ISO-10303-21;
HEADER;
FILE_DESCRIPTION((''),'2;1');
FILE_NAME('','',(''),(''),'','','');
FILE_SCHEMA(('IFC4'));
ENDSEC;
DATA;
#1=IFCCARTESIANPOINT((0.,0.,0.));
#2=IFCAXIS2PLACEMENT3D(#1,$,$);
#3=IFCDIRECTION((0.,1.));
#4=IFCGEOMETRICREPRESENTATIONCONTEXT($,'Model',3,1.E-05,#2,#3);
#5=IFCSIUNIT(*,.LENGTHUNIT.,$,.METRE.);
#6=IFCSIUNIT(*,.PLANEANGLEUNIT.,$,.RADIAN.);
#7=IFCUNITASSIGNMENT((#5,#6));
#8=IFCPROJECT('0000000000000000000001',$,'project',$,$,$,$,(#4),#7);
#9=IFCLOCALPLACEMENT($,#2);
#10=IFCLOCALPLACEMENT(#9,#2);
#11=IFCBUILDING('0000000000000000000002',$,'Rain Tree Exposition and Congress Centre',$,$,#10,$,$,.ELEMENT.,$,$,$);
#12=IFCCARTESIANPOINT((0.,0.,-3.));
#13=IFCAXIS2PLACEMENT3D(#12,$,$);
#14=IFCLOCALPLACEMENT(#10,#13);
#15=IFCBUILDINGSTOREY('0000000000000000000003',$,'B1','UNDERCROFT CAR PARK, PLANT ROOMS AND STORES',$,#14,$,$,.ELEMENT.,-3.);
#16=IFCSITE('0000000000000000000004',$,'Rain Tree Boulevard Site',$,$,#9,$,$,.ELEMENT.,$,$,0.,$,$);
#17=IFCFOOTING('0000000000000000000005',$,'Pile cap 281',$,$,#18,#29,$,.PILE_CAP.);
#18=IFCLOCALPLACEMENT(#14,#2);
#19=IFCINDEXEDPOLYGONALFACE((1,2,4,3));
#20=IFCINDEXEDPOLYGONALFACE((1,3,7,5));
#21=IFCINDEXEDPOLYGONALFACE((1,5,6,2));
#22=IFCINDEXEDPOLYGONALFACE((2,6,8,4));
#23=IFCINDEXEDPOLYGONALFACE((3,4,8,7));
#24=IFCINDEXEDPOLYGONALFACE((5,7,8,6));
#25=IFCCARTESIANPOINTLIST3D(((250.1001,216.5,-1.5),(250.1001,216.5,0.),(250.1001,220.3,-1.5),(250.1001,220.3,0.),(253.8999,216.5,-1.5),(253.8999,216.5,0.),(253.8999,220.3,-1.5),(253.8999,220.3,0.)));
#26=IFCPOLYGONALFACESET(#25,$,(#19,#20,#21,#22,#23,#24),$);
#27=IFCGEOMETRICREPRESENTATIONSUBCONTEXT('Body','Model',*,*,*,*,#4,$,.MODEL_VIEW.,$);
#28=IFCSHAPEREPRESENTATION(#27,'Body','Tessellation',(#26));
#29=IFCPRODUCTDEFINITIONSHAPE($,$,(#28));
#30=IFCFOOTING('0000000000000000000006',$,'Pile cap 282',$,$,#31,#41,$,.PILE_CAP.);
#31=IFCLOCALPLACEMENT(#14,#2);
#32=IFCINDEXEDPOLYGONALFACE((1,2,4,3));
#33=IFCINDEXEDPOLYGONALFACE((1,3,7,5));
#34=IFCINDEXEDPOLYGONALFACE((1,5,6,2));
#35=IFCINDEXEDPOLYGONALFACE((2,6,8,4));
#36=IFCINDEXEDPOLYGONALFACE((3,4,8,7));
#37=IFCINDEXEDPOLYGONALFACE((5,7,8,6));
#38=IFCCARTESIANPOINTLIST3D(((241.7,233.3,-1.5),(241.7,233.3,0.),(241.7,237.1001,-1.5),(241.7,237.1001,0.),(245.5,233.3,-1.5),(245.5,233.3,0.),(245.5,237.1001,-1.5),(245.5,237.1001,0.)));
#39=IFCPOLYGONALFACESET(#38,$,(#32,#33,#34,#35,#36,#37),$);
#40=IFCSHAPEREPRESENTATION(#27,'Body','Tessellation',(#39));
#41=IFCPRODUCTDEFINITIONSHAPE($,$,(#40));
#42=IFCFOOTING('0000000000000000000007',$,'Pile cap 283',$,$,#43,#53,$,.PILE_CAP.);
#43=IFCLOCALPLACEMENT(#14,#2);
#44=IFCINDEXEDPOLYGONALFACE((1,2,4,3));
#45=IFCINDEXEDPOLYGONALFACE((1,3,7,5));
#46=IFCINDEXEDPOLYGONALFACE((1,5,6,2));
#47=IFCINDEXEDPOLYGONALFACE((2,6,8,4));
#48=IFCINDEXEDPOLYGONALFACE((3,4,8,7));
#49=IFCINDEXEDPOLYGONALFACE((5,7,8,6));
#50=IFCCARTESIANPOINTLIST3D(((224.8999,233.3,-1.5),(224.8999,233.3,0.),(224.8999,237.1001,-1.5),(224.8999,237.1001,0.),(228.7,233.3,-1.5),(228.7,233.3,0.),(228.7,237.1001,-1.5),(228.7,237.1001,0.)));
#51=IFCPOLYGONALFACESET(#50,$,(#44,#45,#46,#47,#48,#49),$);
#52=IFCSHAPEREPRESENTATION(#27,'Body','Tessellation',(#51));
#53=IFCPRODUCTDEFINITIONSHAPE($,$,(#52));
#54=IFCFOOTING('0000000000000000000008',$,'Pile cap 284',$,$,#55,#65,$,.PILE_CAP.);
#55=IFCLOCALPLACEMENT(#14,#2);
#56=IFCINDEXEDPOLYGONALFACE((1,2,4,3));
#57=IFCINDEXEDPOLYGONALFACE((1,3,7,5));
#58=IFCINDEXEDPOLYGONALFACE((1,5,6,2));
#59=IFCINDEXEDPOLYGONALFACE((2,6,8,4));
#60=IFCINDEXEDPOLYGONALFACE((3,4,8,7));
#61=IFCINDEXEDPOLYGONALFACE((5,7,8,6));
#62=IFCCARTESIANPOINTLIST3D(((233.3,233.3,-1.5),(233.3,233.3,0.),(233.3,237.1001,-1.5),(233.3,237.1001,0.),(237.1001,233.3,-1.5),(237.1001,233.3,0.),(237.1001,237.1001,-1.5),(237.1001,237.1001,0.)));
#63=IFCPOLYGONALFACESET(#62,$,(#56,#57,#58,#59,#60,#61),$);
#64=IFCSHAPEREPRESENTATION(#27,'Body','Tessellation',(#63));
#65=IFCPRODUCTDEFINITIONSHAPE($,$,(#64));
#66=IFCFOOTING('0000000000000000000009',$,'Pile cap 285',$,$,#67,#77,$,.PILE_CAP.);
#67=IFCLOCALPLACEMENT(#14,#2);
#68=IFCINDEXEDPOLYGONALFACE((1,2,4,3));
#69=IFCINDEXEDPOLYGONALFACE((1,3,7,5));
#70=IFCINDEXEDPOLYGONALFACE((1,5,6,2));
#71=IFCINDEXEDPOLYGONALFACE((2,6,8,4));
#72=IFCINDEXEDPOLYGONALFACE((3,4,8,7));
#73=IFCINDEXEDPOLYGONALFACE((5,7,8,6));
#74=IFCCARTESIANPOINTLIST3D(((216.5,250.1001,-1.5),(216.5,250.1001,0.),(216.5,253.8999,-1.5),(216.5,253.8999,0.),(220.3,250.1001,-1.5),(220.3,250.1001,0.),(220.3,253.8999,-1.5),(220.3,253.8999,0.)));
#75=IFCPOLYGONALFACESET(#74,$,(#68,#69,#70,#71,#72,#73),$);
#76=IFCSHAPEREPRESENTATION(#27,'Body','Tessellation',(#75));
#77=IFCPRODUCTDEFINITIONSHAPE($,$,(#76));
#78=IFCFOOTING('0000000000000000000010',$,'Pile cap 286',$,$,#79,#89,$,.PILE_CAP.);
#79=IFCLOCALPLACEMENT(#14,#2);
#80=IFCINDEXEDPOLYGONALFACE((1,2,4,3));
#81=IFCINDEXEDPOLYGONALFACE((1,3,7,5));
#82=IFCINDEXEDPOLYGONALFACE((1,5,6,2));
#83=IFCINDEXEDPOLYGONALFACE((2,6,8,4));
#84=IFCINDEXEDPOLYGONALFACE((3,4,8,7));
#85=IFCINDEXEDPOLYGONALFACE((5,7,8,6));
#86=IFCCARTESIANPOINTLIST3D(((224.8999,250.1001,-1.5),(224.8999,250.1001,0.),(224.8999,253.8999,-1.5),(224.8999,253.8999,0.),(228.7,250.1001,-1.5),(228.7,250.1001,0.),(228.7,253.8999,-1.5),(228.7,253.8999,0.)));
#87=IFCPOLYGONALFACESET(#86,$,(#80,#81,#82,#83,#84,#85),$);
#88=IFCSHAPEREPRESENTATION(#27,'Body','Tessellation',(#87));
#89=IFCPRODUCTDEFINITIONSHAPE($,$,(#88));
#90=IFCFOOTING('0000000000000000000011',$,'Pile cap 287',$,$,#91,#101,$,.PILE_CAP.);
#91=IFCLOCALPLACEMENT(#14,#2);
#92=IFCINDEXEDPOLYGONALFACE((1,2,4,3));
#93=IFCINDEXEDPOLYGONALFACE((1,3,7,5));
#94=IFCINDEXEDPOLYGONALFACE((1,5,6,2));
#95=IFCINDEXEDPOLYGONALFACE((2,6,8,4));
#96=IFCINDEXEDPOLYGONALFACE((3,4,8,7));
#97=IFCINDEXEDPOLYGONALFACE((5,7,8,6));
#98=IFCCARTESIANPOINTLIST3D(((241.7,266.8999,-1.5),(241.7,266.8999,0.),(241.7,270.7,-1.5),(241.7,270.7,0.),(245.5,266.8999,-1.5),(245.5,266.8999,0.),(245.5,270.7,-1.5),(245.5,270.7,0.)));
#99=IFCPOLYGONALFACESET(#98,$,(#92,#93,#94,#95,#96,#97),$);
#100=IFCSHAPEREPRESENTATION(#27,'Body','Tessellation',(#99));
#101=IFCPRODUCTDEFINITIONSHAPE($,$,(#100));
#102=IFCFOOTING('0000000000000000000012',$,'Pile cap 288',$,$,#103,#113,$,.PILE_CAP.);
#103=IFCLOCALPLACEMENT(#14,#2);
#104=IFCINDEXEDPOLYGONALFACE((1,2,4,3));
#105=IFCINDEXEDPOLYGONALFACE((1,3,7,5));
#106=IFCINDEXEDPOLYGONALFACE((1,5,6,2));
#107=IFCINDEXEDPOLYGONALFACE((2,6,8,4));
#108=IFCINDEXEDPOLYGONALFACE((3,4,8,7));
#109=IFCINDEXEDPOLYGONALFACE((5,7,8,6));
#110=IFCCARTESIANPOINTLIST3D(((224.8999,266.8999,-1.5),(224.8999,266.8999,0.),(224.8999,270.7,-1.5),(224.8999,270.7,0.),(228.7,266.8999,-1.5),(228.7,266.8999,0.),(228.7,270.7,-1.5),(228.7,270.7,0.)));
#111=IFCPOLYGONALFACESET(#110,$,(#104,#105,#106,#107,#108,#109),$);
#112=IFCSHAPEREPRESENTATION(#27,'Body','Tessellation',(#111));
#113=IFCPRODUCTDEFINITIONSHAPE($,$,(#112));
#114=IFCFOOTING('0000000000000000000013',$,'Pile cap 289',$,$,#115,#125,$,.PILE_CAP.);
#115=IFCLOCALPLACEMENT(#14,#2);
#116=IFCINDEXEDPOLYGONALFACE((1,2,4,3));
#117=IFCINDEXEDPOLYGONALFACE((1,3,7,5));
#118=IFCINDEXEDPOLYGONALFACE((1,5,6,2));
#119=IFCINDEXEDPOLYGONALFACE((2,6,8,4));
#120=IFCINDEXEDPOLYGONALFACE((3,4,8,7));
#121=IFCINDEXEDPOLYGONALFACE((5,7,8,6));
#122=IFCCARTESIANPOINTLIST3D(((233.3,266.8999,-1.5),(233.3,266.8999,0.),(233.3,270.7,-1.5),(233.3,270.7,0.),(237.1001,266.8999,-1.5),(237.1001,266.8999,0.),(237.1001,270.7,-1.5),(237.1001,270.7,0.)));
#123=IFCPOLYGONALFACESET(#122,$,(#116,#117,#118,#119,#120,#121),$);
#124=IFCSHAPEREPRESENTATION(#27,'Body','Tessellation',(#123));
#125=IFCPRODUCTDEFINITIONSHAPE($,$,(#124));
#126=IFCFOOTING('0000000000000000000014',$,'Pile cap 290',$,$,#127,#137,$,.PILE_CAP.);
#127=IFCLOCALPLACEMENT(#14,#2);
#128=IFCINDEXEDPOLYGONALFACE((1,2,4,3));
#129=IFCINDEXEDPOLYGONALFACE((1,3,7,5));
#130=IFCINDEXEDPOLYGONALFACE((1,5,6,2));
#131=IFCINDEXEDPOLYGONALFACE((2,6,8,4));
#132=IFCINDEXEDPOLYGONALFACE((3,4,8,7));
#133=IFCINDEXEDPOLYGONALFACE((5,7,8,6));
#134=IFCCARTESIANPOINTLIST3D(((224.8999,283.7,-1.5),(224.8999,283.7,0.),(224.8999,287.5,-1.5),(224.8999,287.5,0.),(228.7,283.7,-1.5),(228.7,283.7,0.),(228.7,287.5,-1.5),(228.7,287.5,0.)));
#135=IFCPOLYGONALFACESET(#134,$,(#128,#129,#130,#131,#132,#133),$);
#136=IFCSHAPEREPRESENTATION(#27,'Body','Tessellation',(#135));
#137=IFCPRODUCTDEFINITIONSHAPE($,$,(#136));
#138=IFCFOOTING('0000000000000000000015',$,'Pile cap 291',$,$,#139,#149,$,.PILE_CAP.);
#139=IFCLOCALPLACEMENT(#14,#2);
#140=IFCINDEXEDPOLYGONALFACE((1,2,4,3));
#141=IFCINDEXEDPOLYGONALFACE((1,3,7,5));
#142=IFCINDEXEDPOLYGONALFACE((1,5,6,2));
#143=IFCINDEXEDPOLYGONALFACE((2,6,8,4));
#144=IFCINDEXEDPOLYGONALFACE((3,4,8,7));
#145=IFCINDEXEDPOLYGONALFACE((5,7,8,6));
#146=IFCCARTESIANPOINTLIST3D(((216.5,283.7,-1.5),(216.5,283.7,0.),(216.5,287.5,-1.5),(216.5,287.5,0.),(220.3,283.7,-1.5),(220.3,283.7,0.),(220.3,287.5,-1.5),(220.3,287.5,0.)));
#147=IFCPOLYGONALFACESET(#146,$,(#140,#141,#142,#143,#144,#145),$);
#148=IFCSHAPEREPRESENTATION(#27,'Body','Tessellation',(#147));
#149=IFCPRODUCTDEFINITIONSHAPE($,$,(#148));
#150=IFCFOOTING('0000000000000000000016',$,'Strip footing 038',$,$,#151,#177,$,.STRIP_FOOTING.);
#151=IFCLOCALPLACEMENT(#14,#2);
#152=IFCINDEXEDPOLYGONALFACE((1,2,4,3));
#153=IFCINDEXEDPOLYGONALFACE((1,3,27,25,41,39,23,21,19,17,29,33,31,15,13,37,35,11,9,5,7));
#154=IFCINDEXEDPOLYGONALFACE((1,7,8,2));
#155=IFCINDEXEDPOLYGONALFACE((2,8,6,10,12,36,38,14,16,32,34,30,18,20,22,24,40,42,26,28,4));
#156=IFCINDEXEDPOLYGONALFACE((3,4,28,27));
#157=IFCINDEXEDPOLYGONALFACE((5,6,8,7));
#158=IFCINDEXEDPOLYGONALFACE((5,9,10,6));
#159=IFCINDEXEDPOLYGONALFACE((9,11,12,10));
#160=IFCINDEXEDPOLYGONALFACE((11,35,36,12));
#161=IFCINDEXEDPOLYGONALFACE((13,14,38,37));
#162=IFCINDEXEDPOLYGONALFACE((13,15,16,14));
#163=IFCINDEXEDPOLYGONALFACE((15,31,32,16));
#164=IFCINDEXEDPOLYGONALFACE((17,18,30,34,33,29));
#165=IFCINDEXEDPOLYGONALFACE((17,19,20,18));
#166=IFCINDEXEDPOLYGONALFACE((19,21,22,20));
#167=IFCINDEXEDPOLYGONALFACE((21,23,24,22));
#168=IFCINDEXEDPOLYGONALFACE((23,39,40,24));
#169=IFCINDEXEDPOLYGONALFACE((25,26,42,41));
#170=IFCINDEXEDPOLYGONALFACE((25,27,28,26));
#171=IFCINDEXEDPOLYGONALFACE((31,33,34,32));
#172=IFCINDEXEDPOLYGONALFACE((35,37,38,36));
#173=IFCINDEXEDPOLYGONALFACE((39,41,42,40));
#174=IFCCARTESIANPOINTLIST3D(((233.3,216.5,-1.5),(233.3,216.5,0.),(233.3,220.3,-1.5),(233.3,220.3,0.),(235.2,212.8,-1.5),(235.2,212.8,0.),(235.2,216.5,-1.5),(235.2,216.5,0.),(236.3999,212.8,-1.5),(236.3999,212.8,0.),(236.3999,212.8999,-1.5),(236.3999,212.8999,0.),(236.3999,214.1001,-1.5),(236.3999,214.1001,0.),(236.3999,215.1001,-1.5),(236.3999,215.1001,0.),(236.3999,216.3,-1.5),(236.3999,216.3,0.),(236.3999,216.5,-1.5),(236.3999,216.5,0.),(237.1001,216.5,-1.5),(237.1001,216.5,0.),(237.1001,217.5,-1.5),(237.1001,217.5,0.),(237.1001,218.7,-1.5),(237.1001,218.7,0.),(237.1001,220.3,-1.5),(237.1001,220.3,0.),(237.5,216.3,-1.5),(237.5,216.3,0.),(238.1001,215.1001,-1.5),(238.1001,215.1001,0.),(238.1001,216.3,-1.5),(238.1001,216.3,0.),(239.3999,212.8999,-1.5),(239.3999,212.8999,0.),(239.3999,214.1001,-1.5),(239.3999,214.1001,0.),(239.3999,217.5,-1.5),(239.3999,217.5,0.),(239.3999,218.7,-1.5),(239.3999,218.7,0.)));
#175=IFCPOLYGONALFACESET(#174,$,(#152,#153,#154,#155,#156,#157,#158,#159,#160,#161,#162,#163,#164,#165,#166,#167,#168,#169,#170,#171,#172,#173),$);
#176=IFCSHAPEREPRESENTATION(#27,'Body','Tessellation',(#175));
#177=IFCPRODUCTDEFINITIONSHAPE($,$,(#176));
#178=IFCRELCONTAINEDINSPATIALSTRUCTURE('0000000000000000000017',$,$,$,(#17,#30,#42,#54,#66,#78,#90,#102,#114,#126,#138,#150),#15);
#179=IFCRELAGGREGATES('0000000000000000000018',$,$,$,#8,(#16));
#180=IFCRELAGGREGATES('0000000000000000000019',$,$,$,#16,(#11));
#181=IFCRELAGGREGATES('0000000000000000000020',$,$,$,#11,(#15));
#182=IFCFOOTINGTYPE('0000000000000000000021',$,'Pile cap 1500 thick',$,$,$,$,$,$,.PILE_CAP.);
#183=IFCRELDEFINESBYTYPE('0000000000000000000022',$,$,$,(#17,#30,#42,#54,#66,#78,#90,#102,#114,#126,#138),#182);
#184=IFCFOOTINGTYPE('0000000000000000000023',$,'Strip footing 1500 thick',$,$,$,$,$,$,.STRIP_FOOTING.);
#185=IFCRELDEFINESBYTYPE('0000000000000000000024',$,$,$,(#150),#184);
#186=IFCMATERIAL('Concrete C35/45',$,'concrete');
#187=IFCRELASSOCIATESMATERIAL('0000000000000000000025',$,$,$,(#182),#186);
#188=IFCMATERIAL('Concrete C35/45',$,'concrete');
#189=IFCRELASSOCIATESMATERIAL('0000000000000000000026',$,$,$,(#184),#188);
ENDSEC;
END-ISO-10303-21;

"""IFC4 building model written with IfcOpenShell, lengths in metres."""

from ifc_helpers import new_model, si_unit, direction, frame, origin, place, context, subcontext, project, spatial, polyline, outline, extrude, material, type_object, element, save


model = new_model("IFC4")

# Units and contexts
model_context = context("Model", 3, precision=1e-05, world=origin(), true_north=direction((0.0, 1.0)))
body_context = subcontext(model_context, "Body", "Model", "MODEL_VIEW")
ifc_project = project(units=[si_unit("LENGTHUNIT", "METRE"), si_unit("PLANEANGLEUNIT", "RADIAN")], contexts=[model_context])

# Site, building, storey
site_placement = place(None, origin())
site = spatial("IfcSite", under=ifc_project, at=site_placement, Name="Rain Tree Boulevard Site", CompositionType="ELEMENT", RefElevation=0.0)
building_placement = place(site_placement, origin())
building = spatial("IfcBuilding", under=site, at=building_placement, Name="Rain Tree Exposition and Congress Centre", CompositionType="ELEMENT")
storey_placement = place(building_placement, frame((0.0, 0.0, -3.0)))
storey = spatial("IfcBuildingStorey", under=building, at=storey_placement, Name="B1", Description="UNDERCROFT CAR PARK, PLANT ROOMS AND STORES", CompositionType="ELEMENT", Elevation=-3.0)

# Footings
ifc_material_1 = material(Name="Concrete C35/45", Category="concrete")
footing_type_1 = type_object("IfcFootingType", Name="Pile cap 1500 thick", PredefinedType="PILE_CAP", material=ifc_material_1)
footing_1_placement = place(storey_placement, frame((0.0, 0.0, -1.5)))
element("IfcFooting", 1, at=footing_1_placement, inside=storey, type_object=footing_type_1, Name="Pile cap 281", PredefinedType="PILE_CAP", context=body_context, shape_type="SweptSolid", body=[
    extrude(outline(polyline([(253.8999, 216.5), (253.8999, 220.3), (250.1001, 220.3), (250.1001, 216.5), (253.8999, 216.5)])), origin(), (0.0, 0.0, 1.0), 1.5),
])
footing_2_placement = place(storey_placement, frame((0.0, 0.0, -1.5)))
element("IfcFooting", 2, at=footing_2_placement, inside=storey, type_object=footing_type_1, Name="Pile cap 282", PredefinedType="PILE_CAP", context=body_context, shape_type="SweptSolid", body=[
    extrude(outline(polyline([(245.5, 233.3), (245.5, 237.1001), (241.7, 237.1001), (241.7, 233.3), (245.5, 233.3)])), origin(), (0.0, 0.0, 1.0), 1.5),
])
footing_3_placement = place(storey_placement, frame((0.0, 0.0, -1.5)))
element("IfcFooting", 3, at=footing_3_placement, inside=storey, type_object=footing_type_1, Name="Pile cap 283", PredefinedType="PILE_CAP", context=body_context, shape_type="SweptSolid", body=[
    extrude(outline(polyline([(228.7, 233.3), (228.7, 237.1001), (224.8999, 237.1001), (224.8999, 233.3), (228.7, 233.3)])), origin(), (0.0, 0.0, 1.0), 1.5),
])
footing_4_placement = place(storey_placement, frame((0.0, 0.0, -1.5)))
element("IfcFooting", 4, at=footing_4_placement, inside=storey, type_object=footing_type_1, Name="Pile cap 284", PredefinedType="PILE_CAP", context=body_context, shape_type="SweptSolid", body=[
    extrude(outline(polyline([(237.1001, 233.3), (237.1001, 237.1001), (233.3, 237.1001), (233.3, 233.3), (237.1001, 233.3)])), origin(), (0.0, 0.0, 1.0), 1.5),
])
footing_5_placement = place(storey_placement, frame((0.0, 0.0, -1.5)))
element("IfcFooting", 5, at=footing_5_placement, inside=storey, type_object=footing_type_1, Name="Pile cap 285", PredefinedType="PILE_CAP", context=body_context, shape_type="SweptSolid", body=[
    extrude(outline(polyline([(220.3, 250.1001), (220.3, 253.8999), (216.5, 253.8999), (216.5, 250.1001), (220.3, 250.1001)])), origin(), (0.0, 0.0, 1.0), 1.5),
])
footing_6_placement = place(storey_placement, frame((0.0, 0.0, -1.5)))
element("IfcFooting", 6, at=footing_6_placement, inside=storey, type_object=footing_type_1, Name="Pile cap 286", PredefinedType="PILE_CAP", context=body_context, shape_type="SweptSolid", body=[
    extrude(outline(polyline([(228.7, 250.1001), (228.7, 253.8999), (224.8999, 253.8999), (224.8999, 250.1001), (228.7, 250.1001)])), origin(), (0.0, 0.0, 1.0), 1.5),
])
footing_7_placement = place(storey_placement, frame((0.0, 0.0, -1.5)))
element("IfcFooting", 7, at=footing_7_placement, inside=storey, type_object=footing_type_1, Name="Pile cap 287", PredefinedType="PILE_CAP", context=body_context, shape_type="SweptSolid", body=[
    extrude(outline(polyline([(245.5, 266.8999), (245.5, 270.7), (241.7, 270.7), (241.7, 266.8999), (245.5, 266.8999)])), origin(), (0.0, 0.0, 1.0), 1.5),
])
footing_8_placement = place(storey_placement, frame((0.0, 0.0, -1.5)))
element("IfcFooting", 8, at=footing_8_placement, inside=storey, type_object=footing_type_1, Name="Pile cap 288", PredefinedType="PILE_CAP", context=body_context, shape_type="SweptSolid", body=[
    extrude(outline(polyline([(228.7, 266.8999), (228.7, 270.7), (224.8999, 270.7), (224.8999, 266.8999), (228.7, 266.8999)])), origin(), (0.0, 0.0, 1.0), 1.5),
])
footing_9_placement = place(storey_placement, frame((0.0, 0.0, -1.5)))
element("IfcFooting", 9, at=footing_9_placement, inside=storey, type_object=footing_type_1, Name="Pile cap 289", PredefinedType="PILE_CAP", context=body_context, shape_type="SweptSolid", body=[
    extrude(outline(polyline([(237.1001, 266.8999), (237.1001, 270.7), (233.3, 270.7), (233.3, 266.8999), (237.1001, 266.8999)])), origin(), (0.0, 0.0, 1.0), 1.5),
])
footing_10_placement = place(storey_placement, frame((0.0, 0.0, -1.5)))
element("IfcFooting", 10, at=footing_10_placement, inside=storey, type_object=footing_type_1, Name="Pile cap 290", PredefinedType="PILE_CAP", context=body_context, shape_type="SweptSolid", body=[
    extrude(outline(polyline([(228.7, 283.7), (228.7, 287.5), (224.8999, 287.5), (224.8999, 283.7), (228.7, 283.7)])), origin(), (0.0, 0.0, 1.0), 1.5),
])
footing_11_placement = place(storey_placement, frame((0.0, 0.0, -1.5)))
element("IfcFooting", 11, at=footing_11_placement, inside=storey, type_object=footing_type_1, Name="Pile cap 291", PredefinedType="PILE_CAP", context=body_context, shape_type="SweptSolid", body=[
    extrude(outline(polyline([(220.3, 283.7), (220.3, 287.5), (216.5, 287.5), (216.5, 283.7), (220.3, 283.7)])), origin(), (0.0, 0.0, 1.0), 1.5),
])
ifc_material_2 = material(Name="Concrete C35/45", Category="concrete")
footing_type_2 = type_object("IfcFootingType", Name="Strip footing 1500 thick", PredefinedType="STRIP_FOOTING", material=ifc_material_2)
footing_12_placement = place(storey_placement, frame((0.0, 0.0, -1.5)))
element("IfcFooting", 12, at=footing_12_placement, inside=storey, type_object=footing_type_2, Name="Strip footing 038", PredefinedType="STRIP_FOOTING", context=body_context, shape_type="SweptSolid", body=[
    extrude(outline(polyline([(236.3999, 212.8), (236.3999, 212.8999), (239.3999, 212.8999), (239.3999, 214.1001), (236.3999, 214.1001), (236.3999, 215.1001), (238.1001, 215.1001), (238.1001, 216.3), (237.5, 216.3), (236.3999, 216.3), (236.3999, 216.5), (237.1001, 216.5), (237.1001, 217.5), (239.3999, 217.5), (239.3999, 218.7), (237.1001, 218.7), (237.1001, 220.3), (233.3, 220.3), (233.3, 216.5), (235.2, 216.5), (235.2, 212.8), (236.3999, 212.8)])), origin(), (0.0, 0.0, 1.0), 1.5),
])

save(model, "model.ifc")
